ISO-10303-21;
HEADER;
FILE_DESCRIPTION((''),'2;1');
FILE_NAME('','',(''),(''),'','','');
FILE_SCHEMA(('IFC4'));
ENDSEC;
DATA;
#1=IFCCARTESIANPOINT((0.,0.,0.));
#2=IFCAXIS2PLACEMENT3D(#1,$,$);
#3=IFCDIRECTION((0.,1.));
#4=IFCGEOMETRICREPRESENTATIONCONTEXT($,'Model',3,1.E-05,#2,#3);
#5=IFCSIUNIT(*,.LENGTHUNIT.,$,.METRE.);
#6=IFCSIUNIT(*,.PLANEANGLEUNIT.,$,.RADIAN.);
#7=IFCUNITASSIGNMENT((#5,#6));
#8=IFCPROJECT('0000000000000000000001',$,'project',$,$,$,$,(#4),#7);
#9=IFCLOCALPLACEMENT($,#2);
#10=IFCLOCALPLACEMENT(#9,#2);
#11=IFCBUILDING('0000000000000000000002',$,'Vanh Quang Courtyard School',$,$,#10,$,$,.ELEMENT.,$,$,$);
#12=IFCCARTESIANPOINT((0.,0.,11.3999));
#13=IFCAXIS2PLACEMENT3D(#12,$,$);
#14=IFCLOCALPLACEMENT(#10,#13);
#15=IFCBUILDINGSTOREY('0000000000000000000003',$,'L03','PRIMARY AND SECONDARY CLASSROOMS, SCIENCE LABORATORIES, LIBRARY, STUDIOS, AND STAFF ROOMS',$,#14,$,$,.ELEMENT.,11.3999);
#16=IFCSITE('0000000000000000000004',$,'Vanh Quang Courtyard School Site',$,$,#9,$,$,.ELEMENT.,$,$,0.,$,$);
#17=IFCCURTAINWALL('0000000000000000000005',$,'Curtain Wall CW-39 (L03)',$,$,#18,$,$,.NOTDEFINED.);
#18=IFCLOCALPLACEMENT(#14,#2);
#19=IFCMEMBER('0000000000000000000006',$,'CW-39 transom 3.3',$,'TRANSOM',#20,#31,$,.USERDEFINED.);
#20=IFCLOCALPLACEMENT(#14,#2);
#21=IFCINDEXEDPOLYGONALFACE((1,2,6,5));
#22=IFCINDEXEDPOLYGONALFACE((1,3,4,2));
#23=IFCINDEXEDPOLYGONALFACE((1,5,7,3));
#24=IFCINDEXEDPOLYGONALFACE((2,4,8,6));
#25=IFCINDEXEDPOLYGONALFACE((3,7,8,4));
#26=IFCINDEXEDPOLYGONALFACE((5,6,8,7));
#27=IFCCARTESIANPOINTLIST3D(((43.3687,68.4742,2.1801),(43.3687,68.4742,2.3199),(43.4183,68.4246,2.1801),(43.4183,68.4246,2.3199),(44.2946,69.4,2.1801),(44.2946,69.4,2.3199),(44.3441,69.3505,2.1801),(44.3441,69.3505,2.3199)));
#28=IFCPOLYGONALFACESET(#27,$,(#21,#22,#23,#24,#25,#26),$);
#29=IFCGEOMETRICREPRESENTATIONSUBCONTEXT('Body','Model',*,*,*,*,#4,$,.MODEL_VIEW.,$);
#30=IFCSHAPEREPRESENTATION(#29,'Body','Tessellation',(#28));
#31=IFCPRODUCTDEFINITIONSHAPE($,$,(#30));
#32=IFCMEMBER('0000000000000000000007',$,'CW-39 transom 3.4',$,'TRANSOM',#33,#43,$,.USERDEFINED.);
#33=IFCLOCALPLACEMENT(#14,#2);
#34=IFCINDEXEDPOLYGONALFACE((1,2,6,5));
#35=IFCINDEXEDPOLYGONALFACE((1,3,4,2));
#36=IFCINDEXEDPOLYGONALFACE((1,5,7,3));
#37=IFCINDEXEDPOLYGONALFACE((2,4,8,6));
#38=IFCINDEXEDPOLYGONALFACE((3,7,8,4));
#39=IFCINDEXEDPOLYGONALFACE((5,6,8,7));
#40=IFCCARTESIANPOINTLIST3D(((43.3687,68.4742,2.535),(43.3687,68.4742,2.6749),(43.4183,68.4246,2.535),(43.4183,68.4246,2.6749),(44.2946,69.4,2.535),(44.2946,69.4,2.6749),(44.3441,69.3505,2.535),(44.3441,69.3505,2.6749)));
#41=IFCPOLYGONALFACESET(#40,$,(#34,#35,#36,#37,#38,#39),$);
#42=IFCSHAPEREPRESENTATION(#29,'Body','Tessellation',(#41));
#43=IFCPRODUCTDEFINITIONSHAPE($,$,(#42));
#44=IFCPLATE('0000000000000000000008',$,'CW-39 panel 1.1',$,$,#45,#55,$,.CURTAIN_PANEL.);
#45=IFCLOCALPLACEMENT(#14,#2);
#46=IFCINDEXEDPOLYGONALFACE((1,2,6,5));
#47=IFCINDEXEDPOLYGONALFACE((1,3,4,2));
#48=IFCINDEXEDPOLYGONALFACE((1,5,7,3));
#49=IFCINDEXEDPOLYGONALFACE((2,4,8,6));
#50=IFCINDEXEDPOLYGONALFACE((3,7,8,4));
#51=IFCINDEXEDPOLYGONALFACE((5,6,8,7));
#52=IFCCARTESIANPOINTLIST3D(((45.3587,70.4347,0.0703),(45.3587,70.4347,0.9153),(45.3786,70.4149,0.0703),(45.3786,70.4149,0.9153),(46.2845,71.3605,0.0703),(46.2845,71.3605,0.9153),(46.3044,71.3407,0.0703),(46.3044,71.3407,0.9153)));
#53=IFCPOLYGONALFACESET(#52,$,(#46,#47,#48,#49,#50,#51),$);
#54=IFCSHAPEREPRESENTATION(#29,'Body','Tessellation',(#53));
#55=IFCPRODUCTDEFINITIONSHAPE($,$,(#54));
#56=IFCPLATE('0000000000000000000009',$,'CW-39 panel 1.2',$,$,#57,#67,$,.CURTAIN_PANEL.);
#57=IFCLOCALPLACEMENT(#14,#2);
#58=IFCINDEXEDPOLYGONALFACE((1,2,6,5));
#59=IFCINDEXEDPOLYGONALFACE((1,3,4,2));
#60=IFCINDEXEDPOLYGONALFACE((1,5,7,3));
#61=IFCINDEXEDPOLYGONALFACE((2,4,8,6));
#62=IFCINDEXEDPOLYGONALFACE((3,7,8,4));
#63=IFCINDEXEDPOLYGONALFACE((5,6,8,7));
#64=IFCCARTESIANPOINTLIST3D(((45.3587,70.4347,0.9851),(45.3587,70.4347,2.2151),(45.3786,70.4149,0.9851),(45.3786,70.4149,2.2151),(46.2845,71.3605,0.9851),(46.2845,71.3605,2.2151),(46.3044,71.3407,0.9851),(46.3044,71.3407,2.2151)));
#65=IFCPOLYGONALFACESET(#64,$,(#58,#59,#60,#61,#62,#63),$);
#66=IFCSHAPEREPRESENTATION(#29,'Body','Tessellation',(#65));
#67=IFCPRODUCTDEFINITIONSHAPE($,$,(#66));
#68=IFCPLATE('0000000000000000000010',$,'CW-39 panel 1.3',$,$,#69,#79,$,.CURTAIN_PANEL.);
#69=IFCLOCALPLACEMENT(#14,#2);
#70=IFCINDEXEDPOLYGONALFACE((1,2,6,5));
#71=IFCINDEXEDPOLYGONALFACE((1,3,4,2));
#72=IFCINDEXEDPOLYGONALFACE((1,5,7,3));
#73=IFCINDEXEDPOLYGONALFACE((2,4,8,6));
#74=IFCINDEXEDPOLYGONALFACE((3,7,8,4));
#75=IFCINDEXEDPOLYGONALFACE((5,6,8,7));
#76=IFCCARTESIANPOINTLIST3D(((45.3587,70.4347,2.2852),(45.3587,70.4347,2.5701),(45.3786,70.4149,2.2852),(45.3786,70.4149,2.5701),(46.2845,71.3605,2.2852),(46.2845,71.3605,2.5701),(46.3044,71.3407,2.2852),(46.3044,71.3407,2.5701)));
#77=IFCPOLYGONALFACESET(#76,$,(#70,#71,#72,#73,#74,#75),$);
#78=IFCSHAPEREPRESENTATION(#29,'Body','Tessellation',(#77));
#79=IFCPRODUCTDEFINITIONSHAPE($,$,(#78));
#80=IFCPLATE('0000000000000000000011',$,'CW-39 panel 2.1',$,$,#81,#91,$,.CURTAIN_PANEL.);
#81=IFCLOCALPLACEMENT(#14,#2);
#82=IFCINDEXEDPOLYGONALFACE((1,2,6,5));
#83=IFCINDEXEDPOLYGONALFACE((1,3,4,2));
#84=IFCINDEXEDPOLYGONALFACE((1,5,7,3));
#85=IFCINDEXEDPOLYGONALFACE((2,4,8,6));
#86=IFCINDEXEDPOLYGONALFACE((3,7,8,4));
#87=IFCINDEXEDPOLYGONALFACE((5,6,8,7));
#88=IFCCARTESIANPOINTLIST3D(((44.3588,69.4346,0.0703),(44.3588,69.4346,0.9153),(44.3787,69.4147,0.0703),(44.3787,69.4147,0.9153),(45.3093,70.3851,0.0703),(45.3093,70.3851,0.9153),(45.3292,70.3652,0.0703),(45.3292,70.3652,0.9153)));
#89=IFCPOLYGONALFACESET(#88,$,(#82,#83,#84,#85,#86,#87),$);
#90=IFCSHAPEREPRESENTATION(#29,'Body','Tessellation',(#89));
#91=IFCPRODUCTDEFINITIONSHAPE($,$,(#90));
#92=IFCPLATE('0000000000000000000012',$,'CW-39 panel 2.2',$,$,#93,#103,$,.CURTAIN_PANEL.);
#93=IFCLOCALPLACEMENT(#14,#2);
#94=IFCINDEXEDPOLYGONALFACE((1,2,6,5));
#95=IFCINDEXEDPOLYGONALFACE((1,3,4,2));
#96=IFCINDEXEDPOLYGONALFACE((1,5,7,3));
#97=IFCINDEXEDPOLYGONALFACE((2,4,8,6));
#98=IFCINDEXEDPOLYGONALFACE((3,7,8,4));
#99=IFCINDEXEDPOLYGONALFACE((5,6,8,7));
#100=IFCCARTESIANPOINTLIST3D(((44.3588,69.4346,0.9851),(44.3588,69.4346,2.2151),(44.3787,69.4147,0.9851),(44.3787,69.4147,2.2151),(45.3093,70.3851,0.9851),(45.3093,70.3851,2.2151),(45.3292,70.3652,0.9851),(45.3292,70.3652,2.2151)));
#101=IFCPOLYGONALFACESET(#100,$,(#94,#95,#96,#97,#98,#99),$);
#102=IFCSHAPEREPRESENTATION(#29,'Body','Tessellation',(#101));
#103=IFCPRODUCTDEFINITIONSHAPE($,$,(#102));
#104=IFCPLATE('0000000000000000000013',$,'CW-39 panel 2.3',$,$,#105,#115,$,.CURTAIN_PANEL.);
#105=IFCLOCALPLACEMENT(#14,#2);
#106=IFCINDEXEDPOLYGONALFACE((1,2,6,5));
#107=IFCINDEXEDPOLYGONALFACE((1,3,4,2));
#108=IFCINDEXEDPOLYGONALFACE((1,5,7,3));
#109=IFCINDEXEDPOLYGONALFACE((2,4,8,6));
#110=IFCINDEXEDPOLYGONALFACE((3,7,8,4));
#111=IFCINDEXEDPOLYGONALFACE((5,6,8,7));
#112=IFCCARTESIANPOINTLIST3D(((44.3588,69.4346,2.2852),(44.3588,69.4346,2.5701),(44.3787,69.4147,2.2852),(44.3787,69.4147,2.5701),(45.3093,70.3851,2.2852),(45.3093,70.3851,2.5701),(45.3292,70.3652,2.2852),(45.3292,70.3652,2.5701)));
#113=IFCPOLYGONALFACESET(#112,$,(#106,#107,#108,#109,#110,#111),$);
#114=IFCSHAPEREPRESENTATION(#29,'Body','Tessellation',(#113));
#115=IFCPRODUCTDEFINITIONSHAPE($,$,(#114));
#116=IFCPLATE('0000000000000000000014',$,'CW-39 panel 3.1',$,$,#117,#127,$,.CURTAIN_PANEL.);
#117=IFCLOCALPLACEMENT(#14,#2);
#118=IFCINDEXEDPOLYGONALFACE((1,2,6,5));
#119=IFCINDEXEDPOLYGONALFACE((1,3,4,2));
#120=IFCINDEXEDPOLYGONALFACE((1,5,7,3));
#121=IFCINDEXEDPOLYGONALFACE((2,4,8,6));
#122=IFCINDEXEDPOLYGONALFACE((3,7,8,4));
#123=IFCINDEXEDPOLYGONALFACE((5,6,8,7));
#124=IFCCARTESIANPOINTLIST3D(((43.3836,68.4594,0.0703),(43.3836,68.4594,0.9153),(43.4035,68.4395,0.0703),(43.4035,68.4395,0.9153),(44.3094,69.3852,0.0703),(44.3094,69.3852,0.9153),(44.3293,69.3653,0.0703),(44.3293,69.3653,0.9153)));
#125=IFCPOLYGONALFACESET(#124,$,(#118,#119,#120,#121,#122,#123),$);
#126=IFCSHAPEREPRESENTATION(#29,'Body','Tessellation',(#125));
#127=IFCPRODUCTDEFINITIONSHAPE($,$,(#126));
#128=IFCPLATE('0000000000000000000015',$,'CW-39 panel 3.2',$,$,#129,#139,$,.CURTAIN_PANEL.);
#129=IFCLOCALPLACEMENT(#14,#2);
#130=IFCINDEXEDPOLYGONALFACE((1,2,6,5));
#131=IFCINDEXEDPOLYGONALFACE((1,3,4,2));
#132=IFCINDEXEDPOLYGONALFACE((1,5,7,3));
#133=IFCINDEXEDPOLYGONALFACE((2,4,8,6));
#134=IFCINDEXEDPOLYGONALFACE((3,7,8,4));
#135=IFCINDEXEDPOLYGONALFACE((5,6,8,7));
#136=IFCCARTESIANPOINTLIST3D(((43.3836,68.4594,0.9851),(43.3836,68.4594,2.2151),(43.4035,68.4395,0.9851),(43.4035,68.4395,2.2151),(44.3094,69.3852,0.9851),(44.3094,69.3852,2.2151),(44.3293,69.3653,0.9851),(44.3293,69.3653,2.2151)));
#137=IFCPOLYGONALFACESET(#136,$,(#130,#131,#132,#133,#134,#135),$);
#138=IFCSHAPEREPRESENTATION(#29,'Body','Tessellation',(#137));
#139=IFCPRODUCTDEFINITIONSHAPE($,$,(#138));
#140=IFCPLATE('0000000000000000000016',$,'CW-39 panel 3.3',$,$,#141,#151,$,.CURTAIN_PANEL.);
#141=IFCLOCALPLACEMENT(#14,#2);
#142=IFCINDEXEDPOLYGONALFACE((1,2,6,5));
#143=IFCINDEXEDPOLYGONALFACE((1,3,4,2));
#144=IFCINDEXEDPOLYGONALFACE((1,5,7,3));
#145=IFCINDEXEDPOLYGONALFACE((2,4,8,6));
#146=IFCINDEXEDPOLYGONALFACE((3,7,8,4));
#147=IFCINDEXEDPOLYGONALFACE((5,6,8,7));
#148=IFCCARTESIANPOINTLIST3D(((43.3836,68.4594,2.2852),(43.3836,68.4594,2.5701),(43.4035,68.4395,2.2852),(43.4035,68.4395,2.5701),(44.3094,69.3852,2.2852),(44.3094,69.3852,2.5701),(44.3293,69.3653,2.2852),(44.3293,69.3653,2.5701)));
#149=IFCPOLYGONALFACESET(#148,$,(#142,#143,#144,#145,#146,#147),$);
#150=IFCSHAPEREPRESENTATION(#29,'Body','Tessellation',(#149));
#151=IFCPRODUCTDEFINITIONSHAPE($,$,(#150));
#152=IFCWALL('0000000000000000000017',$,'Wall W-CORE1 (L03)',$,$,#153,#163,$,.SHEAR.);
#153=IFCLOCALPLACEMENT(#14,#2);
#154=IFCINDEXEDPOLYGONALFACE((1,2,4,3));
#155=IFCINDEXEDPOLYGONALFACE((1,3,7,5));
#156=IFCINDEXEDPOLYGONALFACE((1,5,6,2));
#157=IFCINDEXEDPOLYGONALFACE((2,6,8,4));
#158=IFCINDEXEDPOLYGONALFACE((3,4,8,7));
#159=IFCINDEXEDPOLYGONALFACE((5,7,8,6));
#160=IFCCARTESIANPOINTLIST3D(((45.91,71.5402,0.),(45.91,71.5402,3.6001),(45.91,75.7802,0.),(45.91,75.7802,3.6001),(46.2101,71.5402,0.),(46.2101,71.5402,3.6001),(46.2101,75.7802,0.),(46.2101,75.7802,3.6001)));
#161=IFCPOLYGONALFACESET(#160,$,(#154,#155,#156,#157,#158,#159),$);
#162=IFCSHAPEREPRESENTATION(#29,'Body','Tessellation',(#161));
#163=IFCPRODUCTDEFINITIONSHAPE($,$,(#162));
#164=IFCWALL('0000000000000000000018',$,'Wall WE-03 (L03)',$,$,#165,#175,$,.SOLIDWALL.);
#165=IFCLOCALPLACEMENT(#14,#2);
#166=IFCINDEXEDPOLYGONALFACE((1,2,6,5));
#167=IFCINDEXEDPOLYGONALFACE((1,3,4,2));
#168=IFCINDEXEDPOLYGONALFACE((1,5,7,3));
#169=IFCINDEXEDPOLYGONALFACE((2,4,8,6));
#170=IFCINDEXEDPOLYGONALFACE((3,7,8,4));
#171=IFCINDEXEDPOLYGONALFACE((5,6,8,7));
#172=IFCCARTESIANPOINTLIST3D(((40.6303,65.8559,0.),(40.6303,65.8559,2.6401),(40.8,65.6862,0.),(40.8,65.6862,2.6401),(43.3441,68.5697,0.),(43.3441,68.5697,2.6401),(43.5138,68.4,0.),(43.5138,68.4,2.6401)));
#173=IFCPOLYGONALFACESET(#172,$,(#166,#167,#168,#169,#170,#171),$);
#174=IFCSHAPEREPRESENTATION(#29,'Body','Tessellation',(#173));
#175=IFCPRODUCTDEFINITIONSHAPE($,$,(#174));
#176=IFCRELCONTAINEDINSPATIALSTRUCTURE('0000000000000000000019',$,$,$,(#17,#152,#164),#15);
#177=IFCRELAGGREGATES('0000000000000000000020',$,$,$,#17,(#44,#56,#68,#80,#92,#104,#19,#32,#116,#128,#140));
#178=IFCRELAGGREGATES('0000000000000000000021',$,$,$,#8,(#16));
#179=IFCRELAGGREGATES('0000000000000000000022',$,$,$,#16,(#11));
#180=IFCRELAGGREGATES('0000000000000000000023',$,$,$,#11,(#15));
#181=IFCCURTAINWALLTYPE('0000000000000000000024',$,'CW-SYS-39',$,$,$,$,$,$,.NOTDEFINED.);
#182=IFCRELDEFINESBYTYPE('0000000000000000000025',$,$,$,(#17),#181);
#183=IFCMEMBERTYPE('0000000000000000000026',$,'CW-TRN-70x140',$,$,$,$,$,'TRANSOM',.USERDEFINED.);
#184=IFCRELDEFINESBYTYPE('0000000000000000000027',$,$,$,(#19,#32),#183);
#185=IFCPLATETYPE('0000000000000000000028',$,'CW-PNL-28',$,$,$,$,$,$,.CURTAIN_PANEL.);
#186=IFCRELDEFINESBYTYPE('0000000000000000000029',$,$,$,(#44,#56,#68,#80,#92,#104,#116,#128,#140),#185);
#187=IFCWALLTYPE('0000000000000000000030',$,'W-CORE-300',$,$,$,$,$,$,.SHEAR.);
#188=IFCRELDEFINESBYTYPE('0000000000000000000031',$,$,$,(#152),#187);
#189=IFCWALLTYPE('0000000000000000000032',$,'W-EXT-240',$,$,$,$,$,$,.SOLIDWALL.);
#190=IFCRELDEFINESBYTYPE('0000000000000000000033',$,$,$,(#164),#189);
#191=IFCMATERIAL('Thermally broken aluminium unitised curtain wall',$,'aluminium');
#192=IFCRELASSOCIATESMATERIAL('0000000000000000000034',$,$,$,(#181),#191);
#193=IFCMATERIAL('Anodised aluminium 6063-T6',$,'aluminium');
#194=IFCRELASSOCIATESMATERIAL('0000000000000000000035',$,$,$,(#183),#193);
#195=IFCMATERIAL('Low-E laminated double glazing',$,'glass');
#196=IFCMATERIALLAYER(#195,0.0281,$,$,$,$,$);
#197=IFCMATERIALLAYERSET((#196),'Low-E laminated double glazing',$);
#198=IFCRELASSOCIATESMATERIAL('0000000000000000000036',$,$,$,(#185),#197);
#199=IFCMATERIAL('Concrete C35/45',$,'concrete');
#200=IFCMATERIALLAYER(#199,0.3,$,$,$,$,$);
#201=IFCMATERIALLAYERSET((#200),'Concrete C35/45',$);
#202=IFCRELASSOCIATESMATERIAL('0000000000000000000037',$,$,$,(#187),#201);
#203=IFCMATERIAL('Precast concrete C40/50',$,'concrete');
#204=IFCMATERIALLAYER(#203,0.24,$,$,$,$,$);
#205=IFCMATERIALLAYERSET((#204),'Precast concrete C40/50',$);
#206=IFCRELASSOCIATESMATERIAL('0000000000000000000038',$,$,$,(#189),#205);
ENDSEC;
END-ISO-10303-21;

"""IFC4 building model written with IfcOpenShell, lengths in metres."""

from ifc_helpers import new_model, si_unit, direction, frame, frame_2d, origin, origin_2d, place, context, subcontext, project, spatial, rectangle, extrude, material, layer, layer_set, material_profile, profile_set, type_object, element, aggregate, save


model = new_model("IFC4")

# Units and contexts
model_context = context("Model", 3, precision=1e-05, world=origin(), true_north=direction((0.0, 1.0)))
body_context = subcontext(model_context, "Body", "Model", "MODEL_VIEW")
ifc_project = project(units=[si_unit("LENGTHUNIT", "METRE"), si_unit("PLANEANGLEUNIT", "RADIAN")], contexts=[model_context])

# Site, building, storey
site_placement = place(None, origin())
site = spatial("IfcSite", under=ifc_project, at=site_placement, Name="Vanh Quang Courtyard School Site", CompositionType="ELEMENT", RefElevation=0.0)
building_placement = place(site_placement, origin())
building = spatial("IfcBuilding", under=site, at=building_placement, Name="Vanh Quang Courtyard School", CompositionType="ELEMENT")
storey_placement = place(building_placement, frame((0.0, 0.0, 11.3999)))
storey = spatial("IfcBuildingStorey", under=building, at=storey_placement, Name="L03", Description="PRIMARY AND SECONDARY CLASSROOMS, SCIENCE LABORATORIES, LIBRARY, STUDIOS, AND STAFF ROOMS", CompositionType="ELEMENT", Elevation=11.3999)

# Curtain wall, members, plates
ifc_material_1 = material(Name="Thermally broken aluminium unitised curtain wall", Category="aluminium")
curtain_wall_type = type_object("IfcCurtainWallType", Name="CW-SYS-39", PredefinedType="NOTDEFINED", material=ifc_material_1)
curtain_wall_placement = place(storey_placement, origin())
curtain_wall = element("IfcCurtainWall", 1, at=curtain_wall_placement, inside=storey, type_object=curtain_wall_type, Name="Curtain Wall CW-39 (L03)", PredefinedType="NOTDEFINED")
ifc_material_2 = material(Name="Anodised aluminium 6063-T6", Category="aluminium")
ifc_material_profile_1 = material_profile(ifc_material_2, rectangle(XDim=0.0701, YDim=0.1399, at=origin_2d()), Name="ALU-TRN 70x140")
ifc_profile_set_1 = profile_set([ifc_material_profile_1], Name="Anodised aluminium 6063-T6")
member_type_1 = type_object("IfcMemberType", Name="CW-TRN-70x140", ElementType="TRANSOM", PredefinedType="USERDEFINED", material=ifc_profile_set_1)
member_1_placement = place(storey_placement, frame((44.3193, 69.3752, 2.25), z_axis=(-0.707107, -0.707107, 0.0), x_axis=(0.707107, -0.707107, 0.0)))
member_1 = element("IfcMember", 2, at=member_1_placement, type_object=member_type_1, Name="CW-39 transom 3.3", ObjectType="TRANSOM", PredefinedType="USERDEFINED", context=body_context, shape_type="SweptSolid", body=[
    extrude(rectangle(XDim=0.0701, YDim=0.1399, at=origin_2d()), origin(), (0.0, 0.0, 1.0), 1.3093),
])
member_2_placement = place(storey_placement, frame((44.3193, 69.3752, 2.605), z_axis=(-0.707107, -0.707107, 0.0), x_axis=(0.707107, -0.707107, 0.0)))
member_2 = element("IfcMember", 3, at=member_2_placement, type_object=member_type_1, Name="CW-39 transom 3.4", ObjectType="TRANSOM", PredefinedType="USERDEFINED", context=body_context, shape_type="SweptSolid", body=[
    extrude(rectangle(XDim=0.0701, YDim=0.1399, at=origin_2d()), origin(), (0.0, 0.0, 1.0), 1.3093),
])
ifc_material_3 = material(Name="Low-E laminated double glazing", Category="glass")
ifc_layer_1 = layer(ifc_material_3, 0.0281)
ifc_layer_set_1 = layer_set([ifc_layer_1], Name="Low-E laminated double glazing")
plate_type = type_object("IfcPlateType", Name="CW-PNL-28", PredefinedType="CURTAIN_PANEL", material=ifc_layer_set_1)
plate_1_placement = place(storey_placement, frame((45.8315, 70.8877, 0.0703), z_axis=(0.0, 0.0, 1.0), x_axis=(-0.707107, -0.707107, 0.0)))
plate_1 = element("IfcPlate", 4, at=plate_1_placement, type_object=plate_type, Name="CW-39 panel 1.1", PredefinedType="CURTAIN_PANEL", context=body_context, shape_type="SweptSolid", body=[
    extrude(rectangle(XDim=1.3093, YDim=0.0281, at=origin_2d()), origin(), (0.0, 0.0, 1.0), 0.845),
])
plate_2_placement = place(storey_placement, frame((45.8315, 70.8877, 0.9851), z_axis=(0.0, 0.0, 1.0), x_axis=(-0.707107, -0.707107, 0.0)))
plate_2 = element("IfcPlate", 5, at=plate_2_placement, type_object=plate_type, Name="CW-39 panel 1.2", PredefinedType="CURTAIN_PANEL", context=body_context, shape_type="SweptSolid", body=[
    extrude(rectangle(XDim=1.3093, YDim=0.0281, at=origin_2d()), origin(), (0.0, 0.0, 1.0), 1.23),
])
plate_3_placement = place(storey_placement, frame((45.8315, 70.8877, 2.2852), z_axis=(0.0, 0.0, 1.0), x_axis=(-0.707107, -0.707107, 0.0)))
plate_3 = element("IfcPlate", 6, at=plate_3_placement, type_object=plate_type, Name="CW-39 panel 1.3", PredefinedType="CURTAIN_PANEL", context=body_context, shape_type="SweptSolid", body=[
    extrude(rectangle(XDim=1.3093, YDim=0.0281, at=origin_2d()), origin(), (0.0, 0.0, 1.0), 0.2849),
])
plate_4_placement = place(storey_placement, frame((44.844, 69.8999, 0.0703), z_axis=(0.0, 0.0, 1.0), x_axis=(-0.707107, -0.707107, 0.0)))
plate_4 = element("IfcPlate", 7, at=plate_4_placement, type_object=plate_type, Name="CW-39 panel 2.1", PredefinedType="CURTAIN_PANEL", context=body_context, shape_type="SweptSolid", body=[
    extrude(rectangle(XDim=1.3442, YDim=0.0281, at=origin_2d()), origin(), (0.0, 0.0, 1.0), 0.845),
])
plate_5_placement = place(storey_placement, frame((44.844, 69.8999, 0.9851), z_axis=(0.0, 0.0, 1.0), x_axis=(-0.707107, -0.707107, 0.0)))
plate_5 = element("IfcPlate", 8, at=plate_5_placement, type_object=plate_type, Name="CW-39 panel 2.2", PredefinedType="CURTAIN_PANEL", context=body_context, shape_type="SweptSolid", body=[
    extrude(rectangle(XDim=1.3442, YDim=0.0281, at=origin_2d()), origin(), (0.0, 0.0, 1.0), 1.23),
])
plate_6_placement = place(storey_placement, frame((44.844, 69.8999, 2.2852), z_axis=(0.0, 0.0, 1.0), x_axis=(-0.707107, -0.707107, 0.0)))
plate_6 = element("IfcPlate", 9, at=plate_6_placement, type_object=plate_type, Name="CW-39 panel 2.3", PredefinedType="CURTAIN_PANEL", context=body_context, shape_type="SweptSolid", body=[
    extrude(rectangle(XDim=1.3442, YDim=0.0281, at=origin_2d()), origin(), (0.0, 0.0, 1.0), 0.2849),
])
plate_7_placement = place(storey_placement, frame((43.8564, 68.9124, 0.0703), z_axis=(0.0, 0.0, 1.0), x_axis=(-0.707107, -0.707107, 0.0)))
plate_7 = element("IfcPlate", 10, at=plate_7_placement, type_object=plate_type, Name="CW-39 panel 3.1", PredefinedType="CURTAIN_PANEL", context=body_context, shape_type="SweptSolid", body=[
    extrude(rectangle(XDim=1.3093, YDim=0.0281, at=origin_2d()), origin(), (0.0, 0.0, 1.0), 0.845),
])
plate_8_placement = place(storey_placement, frame((43.8564, 68.9124, 0.9851), z_axis=(0.0, 0.0, 1.0), x_axis=(-0.707107, -0.707107, 0.0)))
plate_8 = element("IfcPlate", 11, at=plate_8_placement, type_object=plate_type, Name="CW-39 panel 3.2", PredefinedType="CURTAIN_PANEL", context=body_context, shape_type="SweptSolid", body=[
    extrude(rectangle(XDim=1.3093, YDim=0.0281, at=origin_2d()), origin(), (0.0, 0.0, 1.0), 1.23),
])
plate_9_placement = place(storey_placement, frame((43.8564, 68.9124, 2.2852), z_axis=(0.0, 0.0, 1.0), x_axis=(-0.707107, -0.707107, 0.0)))
plate_9 = element("IfcPlate", 12, at=plate_9_placement, type_object=plate_type, Name="CW-39 panel 3.3", PredefinedType="CURTAIN_PANEL", context=body_context, shape_type="SweptSolid", body=[
    extrude(rectangle(XDim=1.3093, YDim=0.0281, at=origin_2d()), origin(), (0.0, 0.0, 1.0), 0.2849),
])
aggregate(curtain_wall, [plate_1, plate_2, plate_3, plate_4, plate_5, plate_6, member_1, member_2, plate_7, plate_8, plate_9])

# Walls
ifc_material_4 = material(Name="Concrete C35/45", Category="concrete")
ifc_layer_2 = layer(ifc_material_4, 0.3)
ifc_layer_set_2 = layer_set([ifc_layer_2], Name="Concrete C35/45")
wall_type_1 = type_object("IfcWallType", Name="W-CORE-300", PredefinedType="SHEAR", material=ifc_layer_set_2)
wall_1_placement = place(storey_placement, frame((46.0601, 71.54, 0.0), z_axis=(0.0, 0.0, 1.0), x_axis=(0.0, 1.0, 0.0)))
element("IfcWall", 13, at=wall_1_placement, inside=storey, type_object=wall_type_1, Name="Wall W-CORE1 (L03)", PredefinedType="SHEAR", context=body_context, shape_type="SweptSolid", body=[
    extrude(rectangle(XDim=4.24, YDim=0.3, at=frame_2d((2.1201, 0.0))), origin(), (0.0, 0.0, 1.0), 3.6001),
])
ifc_material_5 = material(Name="Precast concrete C40/50", Category="concrete")
ifc_layer_3 = layer(ifc_material_5, 0.24)
ifc_layer_set_3 = layer_set([ifc_layer_3], Name="Precast concrete C40/50")
wall_type_2 = type_object("IfcWallType", Name="W-EXT-240", PredefinedType="SOLIDWALL", material=ifc_layer_set_3)
wall_2_placement = place(storey_placement, frame((43.429, 68.4849, 0.0), z_axis=(0.0, 0.0, 1.0), x_axis=(-0.707107, -0.707107, 0.0)))
element("IfcWall", 14, at=wall_2_placement, inside=storey, type_object=wall_type_2, Name="Wall WE-03 (L03)", PredefinedType="SOLIDWALL", context=body_context, shape_type="SweptSolid", body=[
    extrude(rectangle(XDim=3.8379, YDim=0.24, at=frame_2d((1.9189, 0.0))), origin(), (0.0, 0.0, 1.0), 2.6401),
])

save(model, "model.ifc")
